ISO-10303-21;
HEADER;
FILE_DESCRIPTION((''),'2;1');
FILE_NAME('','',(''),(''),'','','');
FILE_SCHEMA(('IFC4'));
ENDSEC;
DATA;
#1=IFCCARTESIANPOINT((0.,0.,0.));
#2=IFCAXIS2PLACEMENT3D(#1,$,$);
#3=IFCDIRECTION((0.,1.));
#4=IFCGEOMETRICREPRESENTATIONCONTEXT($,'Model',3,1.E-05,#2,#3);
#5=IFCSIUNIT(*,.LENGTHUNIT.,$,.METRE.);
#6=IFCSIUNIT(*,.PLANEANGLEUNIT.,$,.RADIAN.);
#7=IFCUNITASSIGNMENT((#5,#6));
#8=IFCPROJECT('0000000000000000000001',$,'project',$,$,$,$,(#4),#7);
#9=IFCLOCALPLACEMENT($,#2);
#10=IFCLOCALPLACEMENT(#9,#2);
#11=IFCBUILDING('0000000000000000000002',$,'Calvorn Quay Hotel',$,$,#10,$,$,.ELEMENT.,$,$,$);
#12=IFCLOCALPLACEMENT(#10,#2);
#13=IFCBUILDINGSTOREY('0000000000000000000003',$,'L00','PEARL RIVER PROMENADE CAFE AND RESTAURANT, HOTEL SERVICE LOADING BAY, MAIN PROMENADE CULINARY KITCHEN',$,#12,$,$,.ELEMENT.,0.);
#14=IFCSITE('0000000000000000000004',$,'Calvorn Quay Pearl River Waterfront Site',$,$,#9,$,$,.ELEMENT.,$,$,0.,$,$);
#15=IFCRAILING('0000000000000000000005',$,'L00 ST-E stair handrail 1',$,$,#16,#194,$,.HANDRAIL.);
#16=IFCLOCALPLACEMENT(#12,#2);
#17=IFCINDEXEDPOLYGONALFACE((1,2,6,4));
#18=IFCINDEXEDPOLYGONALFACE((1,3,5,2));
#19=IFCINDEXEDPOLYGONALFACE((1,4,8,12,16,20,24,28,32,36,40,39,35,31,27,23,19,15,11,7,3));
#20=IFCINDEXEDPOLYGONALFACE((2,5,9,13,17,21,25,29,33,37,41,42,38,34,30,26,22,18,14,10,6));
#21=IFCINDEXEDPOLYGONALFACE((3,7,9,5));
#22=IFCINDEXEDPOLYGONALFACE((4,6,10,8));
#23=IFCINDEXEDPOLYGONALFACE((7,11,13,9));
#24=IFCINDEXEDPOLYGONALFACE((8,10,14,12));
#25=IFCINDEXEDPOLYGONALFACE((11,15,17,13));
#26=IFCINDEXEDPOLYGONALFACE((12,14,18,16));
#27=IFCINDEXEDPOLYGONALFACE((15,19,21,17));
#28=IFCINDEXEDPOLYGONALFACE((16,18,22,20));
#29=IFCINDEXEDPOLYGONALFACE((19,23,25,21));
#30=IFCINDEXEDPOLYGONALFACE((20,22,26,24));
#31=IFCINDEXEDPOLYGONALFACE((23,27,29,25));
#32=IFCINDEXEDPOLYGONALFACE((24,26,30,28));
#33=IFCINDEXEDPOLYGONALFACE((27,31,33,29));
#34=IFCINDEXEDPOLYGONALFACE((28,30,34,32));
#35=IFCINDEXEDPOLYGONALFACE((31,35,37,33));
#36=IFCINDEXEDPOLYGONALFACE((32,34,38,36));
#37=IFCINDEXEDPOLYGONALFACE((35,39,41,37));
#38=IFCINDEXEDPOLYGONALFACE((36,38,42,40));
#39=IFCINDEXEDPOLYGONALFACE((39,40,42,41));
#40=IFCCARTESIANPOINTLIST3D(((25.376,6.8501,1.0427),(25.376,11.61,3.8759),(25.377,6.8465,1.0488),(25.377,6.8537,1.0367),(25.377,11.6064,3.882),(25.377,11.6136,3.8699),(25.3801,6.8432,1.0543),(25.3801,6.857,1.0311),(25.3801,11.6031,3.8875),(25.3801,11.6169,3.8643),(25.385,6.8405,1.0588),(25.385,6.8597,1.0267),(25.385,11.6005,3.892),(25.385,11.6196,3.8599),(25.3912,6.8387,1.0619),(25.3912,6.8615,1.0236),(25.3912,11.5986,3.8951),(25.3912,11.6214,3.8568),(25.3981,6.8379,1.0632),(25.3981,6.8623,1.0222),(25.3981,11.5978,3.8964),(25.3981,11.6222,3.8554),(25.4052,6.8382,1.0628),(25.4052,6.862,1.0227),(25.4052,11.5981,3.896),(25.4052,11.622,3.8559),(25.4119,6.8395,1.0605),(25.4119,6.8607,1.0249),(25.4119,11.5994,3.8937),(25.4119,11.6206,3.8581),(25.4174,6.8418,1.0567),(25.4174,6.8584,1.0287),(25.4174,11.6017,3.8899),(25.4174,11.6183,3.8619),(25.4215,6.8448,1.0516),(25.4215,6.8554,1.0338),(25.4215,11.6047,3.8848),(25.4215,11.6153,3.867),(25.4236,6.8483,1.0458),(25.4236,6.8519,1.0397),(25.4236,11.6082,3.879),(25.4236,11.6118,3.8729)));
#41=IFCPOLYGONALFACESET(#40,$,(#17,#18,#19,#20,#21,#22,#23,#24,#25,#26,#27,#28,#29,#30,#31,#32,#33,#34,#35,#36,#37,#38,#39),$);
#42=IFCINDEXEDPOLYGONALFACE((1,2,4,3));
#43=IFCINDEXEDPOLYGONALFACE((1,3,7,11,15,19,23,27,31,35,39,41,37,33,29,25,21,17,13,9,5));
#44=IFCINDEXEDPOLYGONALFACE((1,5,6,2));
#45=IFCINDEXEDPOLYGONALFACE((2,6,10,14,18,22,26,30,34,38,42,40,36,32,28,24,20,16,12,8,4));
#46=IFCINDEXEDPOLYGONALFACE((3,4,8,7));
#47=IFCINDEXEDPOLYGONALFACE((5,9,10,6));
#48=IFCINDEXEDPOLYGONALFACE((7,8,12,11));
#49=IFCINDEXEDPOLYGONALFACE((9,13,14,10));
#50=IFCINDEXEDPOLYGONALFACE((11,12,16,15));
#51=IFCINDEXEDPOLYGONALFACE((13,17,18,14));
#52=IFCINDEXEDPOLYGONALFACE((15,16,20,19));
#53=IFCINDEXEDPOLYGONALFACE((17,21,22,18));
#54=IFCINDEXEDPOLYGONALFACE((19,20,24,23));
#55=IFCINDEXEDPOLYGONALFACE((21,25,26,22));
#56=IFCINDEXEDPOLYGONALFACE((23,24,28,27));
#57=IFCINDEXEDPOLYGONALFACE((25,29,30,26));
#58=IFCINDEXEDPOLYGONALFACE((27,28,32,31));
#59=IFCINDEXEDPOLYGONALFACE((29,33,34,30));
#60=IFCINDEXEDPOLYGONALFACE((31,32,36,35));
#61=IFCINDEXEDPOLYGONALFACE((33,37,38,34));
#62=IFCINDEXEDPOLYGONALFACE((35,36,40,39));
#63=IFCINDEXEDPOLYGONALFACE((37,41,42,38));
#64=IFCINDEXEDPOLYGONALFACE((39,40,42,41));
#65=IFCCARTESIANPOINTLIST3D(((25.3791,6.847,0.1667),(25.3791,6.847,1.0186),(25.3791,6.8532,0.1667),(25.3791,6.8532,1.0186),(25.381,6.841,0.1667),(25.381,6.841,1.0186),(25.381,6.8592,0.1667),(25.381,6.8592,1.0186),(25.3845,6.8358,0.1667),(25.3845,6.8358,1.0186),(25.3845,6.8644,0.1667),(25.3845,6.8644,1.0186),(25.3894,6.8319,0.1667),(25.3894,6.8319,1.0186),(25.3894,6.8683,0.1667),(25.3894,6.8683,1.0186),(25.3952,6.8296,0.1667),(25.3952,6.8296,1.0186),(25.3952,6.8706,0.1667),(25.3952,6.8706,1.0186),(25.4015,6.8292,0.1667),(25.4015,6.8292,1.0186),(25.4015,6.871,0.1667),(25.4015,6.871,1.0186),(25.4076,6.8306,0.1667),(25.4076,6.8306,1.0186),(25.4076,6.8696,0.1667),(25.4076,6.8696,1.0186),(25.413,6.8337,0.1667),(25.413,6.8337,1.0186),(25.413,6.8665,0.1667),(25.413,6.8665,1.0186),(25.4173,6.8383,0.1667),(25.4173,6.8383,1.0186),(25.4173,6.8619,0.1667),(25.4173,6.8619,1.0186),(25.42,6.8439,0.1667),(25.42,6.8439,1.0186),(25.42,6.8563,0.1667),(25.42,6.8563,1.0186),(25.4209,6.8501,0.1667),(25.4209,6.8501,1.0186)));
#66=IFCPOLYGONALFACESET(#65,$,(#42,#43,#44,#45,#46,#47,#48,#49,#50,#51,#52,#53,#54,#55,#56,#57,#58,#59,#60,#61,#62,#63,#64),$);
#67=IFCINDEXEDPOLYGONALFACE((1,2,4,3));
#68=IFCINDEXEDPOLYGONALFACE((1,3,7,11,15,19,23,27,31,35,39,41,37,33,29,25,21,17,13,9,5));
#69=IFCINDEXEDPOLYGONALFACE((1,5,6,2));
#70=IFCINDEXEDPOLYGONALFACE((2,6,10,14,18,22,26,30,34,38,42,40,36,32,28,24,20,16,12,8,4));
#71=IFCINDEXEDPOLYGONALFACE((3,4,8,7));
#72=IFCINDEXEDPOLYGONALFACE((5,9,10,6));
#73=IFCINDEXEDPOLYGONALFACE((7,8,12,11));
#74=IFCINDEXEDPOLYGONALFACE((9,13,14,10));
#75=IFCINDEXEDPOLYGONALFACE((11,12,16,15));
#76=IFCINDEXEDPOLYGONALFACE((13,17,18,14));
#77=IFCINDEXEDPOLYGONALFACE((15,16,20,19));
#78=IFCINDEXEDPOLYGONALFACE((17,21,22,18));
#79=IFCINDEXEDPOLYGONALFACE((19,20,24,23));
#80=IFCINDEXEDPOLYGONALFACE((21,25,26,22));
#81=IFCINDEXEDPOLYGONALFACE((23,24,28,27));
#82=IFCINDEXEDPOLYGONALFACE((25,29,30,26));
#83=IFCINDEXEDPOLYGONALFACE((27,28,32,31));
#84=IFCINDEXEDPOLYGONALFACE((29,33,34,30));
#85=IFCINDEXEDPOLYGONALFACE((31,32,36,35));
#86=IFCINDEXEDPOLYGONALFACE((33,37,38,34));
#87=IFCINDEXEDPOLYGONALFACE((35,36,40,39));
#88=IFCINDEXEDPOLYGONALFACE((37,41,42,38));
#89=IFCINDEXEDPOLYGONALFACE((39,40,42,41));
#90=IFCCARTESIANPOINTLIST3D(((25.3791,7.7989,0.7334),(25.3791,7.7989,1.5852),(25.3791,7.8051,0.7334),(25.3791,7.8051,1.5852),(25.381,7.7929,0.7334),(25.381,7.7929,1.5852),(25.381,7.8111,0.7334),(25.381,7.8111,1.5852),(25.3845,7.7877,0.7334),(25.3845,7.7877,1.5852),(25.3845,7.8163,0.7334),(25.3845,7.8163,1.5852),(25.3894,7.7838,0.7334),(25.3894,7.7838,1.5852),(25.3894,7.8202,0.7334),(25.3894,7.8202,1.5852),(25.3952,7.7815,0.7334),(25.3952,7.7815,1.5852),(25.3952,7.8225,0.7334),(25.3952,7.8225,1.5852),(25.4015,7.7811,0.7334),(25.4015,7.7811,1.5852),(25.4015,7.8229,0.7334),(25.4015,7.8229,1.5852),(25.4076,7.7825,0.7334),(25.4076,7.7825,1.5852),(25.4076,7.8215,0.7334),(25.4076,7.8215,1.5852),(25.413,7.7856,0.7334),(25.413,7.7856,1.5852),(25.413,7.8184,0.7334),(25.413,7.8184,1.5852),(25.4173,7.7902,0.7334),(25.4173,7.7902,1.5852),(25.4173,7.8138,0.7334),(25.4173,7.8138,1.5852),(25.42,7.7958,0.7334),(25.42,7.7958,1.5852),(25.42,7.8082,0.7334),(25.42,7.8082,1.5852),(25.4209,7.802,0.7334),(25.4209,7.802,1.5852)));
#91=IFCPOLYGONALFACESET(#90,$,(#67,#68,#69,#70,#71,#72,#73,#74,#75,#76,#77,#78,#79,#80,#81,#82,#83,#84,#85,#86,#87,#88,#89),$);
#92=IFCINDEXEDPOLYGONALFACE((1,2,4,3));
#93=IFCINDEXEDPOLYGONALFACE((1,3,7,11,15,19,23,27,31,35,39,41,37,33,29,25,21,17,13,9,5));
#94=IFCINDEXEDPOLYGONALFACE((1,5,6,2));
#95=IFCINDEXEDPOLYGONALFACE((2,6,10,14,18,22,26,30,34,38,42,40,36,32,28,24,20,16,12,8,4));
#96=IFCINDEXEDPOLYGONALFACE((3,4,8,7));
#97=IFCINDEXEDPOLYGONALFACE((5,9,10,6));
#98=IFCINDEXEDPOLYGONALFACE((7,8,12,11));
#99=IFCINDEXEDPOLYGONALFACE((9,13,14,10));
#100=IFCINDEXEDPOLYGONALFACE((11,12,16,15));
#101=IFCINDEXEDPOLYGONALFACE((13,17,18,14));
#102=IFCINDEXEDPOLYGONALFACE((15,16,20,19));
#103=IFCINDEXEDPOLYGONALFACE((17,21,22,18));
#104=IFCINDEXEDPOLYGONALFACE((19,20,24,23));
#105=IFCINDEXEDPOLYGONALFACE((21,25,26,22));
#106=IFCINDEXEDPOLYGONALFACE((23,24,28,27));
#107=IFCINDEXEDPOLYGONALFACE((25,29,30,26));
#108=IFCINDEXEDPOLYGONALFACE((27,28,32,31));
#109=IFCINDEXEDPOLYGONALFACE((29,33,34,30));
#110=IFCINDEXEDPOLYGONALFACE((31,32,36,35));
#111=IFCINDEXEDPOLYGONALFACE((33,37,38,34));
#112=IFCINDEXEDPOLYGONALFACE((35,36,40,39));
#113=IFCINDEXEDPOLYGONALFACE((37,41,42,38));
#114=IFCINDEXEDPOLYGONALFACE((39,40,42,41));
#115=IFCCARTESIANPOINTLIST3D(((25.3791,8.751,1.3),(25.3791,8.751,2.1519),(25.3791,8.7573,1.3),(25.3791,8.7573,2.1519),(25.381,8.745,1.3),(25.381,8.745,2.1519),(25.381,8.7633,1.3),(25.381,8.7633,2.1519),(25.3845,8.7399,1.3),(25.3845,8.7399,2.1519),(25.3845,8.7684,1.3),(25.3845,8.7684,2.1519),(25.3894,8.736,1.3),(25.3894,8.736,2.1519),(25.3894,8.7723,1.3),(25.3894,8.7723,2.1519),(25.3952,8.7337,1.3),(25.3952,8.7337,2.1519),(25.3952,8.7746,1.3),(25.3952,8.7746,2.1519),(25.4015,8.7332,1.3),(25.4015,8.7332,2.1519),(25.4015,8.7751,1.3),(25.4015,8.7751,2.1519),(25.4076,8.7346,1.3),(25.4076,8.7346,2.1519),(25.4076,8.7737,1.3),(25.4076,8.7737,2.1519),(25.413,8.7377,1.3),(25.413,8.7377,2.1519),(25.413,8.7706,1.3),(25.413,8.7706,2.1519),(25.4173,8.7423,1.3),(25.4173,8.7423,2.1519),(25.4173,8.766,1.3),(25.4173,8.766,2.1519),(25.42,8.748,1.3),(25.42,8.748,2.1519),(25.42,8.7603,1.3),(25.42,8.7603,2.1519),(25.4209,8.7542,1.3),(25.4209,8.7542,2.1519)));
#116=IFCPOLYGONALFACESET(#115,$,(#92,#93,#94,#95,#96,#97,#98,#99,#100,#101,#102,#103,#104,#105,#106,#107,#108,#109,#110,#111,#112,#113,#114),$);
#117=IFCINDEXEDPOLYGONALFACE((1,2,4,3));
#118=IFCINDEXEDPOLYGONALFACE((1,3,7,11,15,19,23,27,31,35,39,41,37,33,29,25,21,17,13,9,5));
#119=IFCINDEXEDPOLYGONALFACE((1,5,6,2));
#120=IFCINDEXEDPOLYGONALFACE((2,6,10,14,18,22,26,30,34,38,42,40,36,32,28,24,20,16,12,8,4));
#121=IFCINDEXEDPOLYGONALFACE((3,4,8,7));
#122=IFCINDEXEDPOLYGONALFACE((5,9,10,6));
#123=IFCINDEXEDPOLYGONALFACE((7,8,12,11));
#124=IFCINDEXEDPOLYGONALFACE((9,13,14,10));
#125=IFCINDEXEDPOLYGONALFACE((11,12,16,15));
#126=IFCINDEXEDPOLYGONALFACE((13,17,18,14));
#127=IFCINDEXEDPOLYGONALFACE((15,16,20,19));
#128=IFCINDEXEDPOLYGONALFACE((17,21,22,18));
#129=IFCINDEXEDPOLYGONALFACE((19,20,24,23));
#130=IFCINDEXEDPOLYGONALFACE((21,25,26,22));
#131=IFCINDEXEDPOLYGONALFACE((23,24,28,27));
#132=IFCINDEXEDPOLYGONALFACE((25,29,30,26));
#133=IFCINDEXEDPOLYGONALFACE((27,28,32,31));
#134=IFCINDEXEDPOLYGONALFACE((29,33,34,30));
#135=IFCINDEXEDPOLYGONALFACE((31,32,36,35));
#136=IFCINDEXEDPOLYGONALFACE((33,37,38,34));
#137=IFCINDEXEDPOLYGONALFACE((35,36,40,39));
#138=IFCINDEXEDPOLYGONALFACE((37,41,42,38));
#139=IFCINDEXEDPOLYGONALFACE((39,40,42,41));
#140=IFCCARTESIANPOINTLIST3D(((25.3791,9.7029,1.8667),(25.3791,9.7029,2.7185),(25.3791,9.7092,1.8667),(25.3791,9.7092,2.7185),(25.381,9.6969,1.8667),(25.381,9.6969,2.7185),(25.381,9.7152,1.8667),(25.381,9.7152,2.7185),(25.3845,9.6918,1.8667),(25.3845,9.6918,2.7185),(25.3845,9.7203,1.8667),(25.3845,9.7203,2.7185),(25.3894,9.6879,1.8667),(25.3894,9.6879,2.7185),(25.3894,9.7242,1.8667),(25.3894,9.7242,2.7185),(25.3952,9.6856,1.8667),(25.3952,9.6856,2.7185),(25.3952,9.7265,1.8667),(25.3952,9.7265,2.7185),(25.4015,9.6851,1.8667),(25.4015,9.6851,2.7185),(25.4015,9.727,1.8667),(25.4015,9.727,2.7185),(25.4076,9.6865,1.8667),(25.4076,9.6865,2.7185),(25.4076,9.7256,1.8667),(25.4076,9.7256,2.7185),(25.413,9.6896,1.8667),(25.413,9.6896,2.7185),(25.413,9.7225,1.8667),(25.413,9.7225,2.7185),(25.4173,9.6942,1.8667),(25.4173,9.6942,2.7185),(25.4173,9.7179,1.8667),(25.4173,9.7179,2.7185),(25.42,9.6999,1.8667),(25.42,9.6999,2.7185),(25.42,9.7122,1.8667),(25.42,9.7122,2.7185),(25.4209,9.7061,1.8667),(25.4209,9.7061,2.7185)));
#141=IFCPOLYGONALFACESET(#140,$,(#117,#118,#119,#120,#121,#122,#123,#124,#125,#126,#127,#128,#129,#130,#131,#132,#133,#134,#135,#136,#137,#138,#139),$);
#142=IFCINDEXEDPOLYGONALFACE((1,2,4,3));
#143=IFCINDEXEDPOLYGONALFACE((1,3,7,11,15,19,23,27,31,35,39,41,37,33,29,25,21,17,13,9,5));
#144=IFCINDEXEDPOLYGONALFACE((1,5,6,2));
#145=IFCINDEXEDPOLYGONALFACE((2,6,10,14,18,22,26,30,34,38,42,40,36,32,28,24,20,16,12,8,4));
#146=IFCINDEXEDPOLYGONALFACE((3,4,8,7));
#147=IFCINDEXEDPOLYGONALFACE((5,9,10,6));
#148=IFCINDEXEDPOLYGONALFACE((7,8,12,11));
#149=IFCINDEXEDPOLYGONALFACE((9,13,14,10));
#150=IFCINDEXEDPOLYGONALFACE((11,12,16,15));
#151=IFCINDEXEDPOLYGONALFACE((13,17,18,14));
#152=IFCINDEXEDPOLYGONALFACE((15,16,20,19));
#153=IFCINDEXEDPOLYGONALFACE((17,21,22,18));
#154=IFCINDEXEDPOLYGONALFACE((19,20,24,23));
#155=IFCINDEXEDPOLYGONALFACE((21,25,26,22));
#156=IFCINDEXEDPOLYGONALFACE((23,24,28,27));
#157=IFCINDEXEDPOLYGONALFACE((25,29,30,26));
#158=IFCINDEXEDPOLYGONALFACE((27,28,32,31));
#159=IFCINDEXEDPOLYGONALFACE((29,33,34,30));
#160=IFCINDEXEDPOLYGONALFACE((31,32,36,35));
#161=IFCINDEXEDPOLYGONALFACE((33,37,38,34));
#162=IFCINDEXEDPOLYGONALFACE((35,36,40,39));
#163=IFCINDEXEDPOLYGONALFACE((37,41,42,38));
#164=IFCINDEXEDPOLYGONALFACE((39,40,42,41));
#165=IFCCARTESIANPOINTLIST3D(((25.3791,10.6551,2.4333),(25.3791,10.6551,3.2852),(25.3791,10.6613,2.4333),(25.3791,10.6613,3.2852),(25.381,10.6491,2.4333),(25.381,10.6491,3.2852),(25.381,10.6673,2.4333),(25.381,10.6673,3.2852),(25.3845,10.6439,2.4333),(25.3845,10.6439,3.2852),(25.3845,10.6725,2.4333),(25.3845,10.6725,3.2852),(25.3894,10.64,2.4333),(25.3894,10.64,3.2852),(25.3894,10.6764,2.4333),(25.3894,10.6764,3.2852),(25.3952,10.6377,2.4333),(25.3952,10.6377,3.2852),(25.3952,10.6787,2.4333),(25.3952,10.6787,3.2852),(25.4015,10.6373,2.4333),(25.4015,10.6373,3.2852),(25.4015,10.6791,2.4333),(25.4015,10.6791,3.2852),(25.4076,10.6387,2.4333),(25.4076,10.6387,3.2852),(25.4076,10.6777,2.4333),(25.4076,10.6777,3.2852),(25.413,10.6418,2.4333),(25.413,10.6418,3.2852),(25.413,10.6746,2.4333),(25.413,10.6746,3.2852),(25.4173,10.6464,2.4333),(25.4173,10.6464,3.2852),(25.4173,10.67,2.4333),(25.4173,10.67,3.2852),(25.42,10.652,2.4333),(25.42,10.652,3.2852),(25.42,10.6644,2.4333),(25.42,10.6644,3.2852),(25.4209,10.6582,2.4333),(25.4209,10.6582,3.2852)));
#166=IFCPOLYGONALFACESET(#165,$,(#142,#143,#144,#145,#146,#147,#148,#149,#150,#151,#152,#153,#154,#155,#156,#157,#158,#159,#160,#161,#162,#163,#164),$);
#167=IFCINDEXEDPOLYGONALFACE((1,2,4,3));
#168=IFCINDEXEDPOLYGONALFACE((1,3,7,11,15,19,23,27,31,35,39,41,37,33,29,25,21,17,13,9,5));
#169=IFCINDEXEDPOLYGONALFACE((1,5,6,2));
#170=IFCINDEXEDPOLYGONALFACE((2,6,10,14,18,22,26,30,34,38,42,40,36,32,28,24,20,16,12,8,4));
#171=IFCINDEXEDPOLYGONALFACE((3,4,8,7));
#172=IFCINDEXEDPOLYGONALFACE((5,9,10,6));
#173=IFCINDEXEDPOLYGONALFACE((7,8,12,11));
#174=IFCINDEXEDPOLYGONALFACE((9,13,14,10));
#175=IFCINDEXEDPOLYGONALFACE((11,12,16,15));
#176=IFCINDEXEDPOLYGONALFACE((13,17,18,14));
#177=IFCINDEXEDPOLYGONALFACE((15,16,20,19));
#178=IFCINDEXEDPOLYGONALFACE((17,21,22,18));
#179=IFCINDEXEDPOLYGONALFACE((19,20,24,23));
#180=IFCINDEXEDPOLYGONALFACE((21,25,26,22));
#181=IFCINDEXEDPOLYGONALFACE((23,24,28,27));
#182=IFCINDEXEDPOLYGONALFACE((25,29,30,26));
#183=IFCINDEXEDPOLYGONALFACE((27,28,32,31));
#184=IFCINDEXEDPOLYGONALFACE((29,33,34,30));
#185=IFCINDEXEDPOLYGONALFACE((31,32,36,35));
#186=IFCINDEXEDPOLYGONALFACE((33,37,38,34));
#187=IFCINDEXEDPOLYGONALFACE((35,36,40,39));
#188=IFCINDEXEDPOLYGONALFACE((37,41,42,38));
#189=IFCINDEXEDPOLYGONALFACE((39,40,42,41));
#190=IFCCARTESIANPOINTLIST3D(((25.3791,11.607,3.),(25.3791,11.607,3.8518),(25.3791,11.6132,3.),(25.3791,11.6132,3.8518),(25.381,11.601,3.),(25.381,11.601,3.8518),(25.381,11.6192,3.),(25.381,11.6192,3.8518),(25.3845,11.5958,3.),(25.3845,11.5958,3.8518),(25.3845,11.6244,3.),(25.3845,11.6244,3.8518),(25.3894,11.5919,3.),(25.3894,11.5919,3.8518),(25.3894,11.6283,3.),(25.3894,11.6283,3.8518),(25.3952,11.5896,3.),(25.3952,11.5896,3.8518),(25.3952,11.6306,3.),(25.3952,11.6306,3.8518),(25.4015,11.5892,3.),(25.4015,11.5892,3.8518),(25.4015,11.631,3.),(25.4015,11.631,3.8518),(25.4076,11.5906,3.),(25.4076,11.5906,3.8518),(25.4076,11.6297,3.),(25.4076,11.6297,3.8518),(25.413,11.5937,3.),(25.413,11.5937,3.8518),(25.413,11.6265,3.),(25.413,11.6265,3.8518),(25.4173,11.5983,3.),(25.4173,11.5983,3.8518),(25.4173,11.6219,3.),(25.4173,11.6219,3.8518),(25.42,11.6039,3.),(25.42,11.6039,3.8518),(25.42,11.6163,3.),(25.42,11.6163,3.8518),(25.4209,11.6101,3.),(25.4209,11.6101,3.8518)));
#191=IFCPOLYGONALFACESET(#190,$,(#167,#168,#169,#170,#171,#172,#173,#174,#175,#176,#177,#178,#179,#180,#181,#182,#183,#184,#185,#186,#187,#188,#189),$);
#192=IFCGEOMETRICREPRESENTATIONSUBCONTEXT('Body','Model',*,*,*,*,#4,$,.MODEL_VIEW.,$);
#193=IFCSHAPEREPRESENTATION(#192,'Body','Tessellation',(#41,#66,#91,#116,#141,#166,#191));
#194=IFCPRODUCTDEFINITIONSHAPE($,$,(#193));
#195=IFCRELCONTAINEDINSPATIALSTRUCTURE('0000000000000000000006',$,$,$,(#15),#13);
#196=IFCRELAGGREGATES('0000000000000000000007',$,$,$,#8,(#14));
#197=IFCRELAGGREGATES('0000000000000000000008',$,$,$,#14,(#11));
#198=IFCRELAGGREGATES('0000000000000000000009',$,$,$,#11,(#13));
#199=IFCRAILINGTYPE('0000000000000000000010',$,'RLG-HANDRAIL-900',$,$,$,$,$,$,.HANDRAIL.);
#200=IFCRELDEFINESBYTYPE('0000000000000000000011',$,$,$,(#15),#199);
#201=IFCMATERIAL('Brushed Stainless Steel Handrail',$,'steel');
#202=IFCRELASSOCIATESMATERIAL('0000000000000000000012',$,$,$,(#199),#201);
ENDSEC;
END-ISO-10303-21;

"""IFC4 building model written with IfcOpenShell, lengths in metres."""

from ifc_helpers import new_model, si_unit, direction, frame, origin, origin_2d, place, context, subcontext, project, spatial, circle, extrude, material, type_object, element, save


model = new_model("IFC4")

# Units and contexts
model_context = context("Model", 3, precision=1e-05, world=origin(), true_north=direction((0.0, 1.0)))
body_context = subcontext(model_context, "Body", "Model", "MODEL_VIEW")
ifc_project = project(units=[si_unit("LENGTHUNIT", "METRE"), si_unit("PLANEANGLEUNIT", "RADIAN")], contexts=[model_context])

# Site, building, storey
site_placement = place(None, origin())
site = spatial("IfcSite", under=ifc_project, at=site_placement, Name="Calvorn Quay Pearl River Waterfront Site", CompositionType="ELEMENT", RefElevation=0.0)
building_placement = place(site_placement, origin())
building = spatial("IfcBuilding", under=site, at=building_placement, Name="Calvorn Quay Hotel", CompositionType="ELEMENT")
storey_placement = place(building_placement, origin())
storey = spatial("IfcBuildingStorey", under=building, at=storey_placement, Name="L00", Description="PEARL RIVER PROMENADE CAFE AND RESTAURANT, HOTEL SERVICE LOADING BAY, MAIN PROMENADE CULINARY KITCHEN", CompositionType="ELEMENT", Elevation=0.0)

# Railing
ifc_material_1 = material(Name="Brushed Stainless Steel Handrail", Category="steel")
railing_type_1 = type_object("IfcRailingType", Name="RLG-HANDRAIL-900", PredefinedType="HANDRAIL", material=ifc_material_1)
railing_1_placement = place(storey_placement, frame((25.3999, 6.8501, 0.1667)))
element("IfcRailing", 1, at=railing_1_placement, inside=storey, type_object=railing_type_1, Name="L00 ST-E stair handrail 1", PredefinedType="HANDRAIL", context=body_context, shape_type="SweptSolid", body=[
    extrude(circle(Radius=0.0239, at=origin_2d()), frame((0.0, 0.0, 0.876), z_axis=(0.0, 0.8593, 0.511472), x_axis=(-1.0, 0.0, 0.0)), (0.0, 0.0, 1.0), 5.5393),
    extrude(circle(Radius=0.021, at=origin_2d()), origin(), (0.0, 0.0, 1.0), 0.8518),
    extrude(circle(Radius=0.021, at=origin_2d()), frame((0.0, 0.9519, 0.5667)), (0.0, 0.0, 1.0), 0.8518),
    extrude(circle(Radius=0.021, at=origin_2d()), frame((0.0, 1.9041, 1.1333)), (0.0, 0.0, 1.0), 0.8518),
    extrude(circle(Radius=0.021, at=origin_2d()), frame((0.0, 2.856, 1.7)), (0.0, 0.0, 1.0), 0.8518),
    extrude(circle(Radius=0.021, at=origin_2d()), frame((0.0, 3.8081, 2.2666)), (0.0, 0.0, 1.0), 0.8518),
    extrude(circle(Radius=0.021, at=origin_2d()), frame((0.0, 4.76, 2.8333)), (0.0, 0.0, 1.0), 0.8518),
])

save(model, "model.ifc")
